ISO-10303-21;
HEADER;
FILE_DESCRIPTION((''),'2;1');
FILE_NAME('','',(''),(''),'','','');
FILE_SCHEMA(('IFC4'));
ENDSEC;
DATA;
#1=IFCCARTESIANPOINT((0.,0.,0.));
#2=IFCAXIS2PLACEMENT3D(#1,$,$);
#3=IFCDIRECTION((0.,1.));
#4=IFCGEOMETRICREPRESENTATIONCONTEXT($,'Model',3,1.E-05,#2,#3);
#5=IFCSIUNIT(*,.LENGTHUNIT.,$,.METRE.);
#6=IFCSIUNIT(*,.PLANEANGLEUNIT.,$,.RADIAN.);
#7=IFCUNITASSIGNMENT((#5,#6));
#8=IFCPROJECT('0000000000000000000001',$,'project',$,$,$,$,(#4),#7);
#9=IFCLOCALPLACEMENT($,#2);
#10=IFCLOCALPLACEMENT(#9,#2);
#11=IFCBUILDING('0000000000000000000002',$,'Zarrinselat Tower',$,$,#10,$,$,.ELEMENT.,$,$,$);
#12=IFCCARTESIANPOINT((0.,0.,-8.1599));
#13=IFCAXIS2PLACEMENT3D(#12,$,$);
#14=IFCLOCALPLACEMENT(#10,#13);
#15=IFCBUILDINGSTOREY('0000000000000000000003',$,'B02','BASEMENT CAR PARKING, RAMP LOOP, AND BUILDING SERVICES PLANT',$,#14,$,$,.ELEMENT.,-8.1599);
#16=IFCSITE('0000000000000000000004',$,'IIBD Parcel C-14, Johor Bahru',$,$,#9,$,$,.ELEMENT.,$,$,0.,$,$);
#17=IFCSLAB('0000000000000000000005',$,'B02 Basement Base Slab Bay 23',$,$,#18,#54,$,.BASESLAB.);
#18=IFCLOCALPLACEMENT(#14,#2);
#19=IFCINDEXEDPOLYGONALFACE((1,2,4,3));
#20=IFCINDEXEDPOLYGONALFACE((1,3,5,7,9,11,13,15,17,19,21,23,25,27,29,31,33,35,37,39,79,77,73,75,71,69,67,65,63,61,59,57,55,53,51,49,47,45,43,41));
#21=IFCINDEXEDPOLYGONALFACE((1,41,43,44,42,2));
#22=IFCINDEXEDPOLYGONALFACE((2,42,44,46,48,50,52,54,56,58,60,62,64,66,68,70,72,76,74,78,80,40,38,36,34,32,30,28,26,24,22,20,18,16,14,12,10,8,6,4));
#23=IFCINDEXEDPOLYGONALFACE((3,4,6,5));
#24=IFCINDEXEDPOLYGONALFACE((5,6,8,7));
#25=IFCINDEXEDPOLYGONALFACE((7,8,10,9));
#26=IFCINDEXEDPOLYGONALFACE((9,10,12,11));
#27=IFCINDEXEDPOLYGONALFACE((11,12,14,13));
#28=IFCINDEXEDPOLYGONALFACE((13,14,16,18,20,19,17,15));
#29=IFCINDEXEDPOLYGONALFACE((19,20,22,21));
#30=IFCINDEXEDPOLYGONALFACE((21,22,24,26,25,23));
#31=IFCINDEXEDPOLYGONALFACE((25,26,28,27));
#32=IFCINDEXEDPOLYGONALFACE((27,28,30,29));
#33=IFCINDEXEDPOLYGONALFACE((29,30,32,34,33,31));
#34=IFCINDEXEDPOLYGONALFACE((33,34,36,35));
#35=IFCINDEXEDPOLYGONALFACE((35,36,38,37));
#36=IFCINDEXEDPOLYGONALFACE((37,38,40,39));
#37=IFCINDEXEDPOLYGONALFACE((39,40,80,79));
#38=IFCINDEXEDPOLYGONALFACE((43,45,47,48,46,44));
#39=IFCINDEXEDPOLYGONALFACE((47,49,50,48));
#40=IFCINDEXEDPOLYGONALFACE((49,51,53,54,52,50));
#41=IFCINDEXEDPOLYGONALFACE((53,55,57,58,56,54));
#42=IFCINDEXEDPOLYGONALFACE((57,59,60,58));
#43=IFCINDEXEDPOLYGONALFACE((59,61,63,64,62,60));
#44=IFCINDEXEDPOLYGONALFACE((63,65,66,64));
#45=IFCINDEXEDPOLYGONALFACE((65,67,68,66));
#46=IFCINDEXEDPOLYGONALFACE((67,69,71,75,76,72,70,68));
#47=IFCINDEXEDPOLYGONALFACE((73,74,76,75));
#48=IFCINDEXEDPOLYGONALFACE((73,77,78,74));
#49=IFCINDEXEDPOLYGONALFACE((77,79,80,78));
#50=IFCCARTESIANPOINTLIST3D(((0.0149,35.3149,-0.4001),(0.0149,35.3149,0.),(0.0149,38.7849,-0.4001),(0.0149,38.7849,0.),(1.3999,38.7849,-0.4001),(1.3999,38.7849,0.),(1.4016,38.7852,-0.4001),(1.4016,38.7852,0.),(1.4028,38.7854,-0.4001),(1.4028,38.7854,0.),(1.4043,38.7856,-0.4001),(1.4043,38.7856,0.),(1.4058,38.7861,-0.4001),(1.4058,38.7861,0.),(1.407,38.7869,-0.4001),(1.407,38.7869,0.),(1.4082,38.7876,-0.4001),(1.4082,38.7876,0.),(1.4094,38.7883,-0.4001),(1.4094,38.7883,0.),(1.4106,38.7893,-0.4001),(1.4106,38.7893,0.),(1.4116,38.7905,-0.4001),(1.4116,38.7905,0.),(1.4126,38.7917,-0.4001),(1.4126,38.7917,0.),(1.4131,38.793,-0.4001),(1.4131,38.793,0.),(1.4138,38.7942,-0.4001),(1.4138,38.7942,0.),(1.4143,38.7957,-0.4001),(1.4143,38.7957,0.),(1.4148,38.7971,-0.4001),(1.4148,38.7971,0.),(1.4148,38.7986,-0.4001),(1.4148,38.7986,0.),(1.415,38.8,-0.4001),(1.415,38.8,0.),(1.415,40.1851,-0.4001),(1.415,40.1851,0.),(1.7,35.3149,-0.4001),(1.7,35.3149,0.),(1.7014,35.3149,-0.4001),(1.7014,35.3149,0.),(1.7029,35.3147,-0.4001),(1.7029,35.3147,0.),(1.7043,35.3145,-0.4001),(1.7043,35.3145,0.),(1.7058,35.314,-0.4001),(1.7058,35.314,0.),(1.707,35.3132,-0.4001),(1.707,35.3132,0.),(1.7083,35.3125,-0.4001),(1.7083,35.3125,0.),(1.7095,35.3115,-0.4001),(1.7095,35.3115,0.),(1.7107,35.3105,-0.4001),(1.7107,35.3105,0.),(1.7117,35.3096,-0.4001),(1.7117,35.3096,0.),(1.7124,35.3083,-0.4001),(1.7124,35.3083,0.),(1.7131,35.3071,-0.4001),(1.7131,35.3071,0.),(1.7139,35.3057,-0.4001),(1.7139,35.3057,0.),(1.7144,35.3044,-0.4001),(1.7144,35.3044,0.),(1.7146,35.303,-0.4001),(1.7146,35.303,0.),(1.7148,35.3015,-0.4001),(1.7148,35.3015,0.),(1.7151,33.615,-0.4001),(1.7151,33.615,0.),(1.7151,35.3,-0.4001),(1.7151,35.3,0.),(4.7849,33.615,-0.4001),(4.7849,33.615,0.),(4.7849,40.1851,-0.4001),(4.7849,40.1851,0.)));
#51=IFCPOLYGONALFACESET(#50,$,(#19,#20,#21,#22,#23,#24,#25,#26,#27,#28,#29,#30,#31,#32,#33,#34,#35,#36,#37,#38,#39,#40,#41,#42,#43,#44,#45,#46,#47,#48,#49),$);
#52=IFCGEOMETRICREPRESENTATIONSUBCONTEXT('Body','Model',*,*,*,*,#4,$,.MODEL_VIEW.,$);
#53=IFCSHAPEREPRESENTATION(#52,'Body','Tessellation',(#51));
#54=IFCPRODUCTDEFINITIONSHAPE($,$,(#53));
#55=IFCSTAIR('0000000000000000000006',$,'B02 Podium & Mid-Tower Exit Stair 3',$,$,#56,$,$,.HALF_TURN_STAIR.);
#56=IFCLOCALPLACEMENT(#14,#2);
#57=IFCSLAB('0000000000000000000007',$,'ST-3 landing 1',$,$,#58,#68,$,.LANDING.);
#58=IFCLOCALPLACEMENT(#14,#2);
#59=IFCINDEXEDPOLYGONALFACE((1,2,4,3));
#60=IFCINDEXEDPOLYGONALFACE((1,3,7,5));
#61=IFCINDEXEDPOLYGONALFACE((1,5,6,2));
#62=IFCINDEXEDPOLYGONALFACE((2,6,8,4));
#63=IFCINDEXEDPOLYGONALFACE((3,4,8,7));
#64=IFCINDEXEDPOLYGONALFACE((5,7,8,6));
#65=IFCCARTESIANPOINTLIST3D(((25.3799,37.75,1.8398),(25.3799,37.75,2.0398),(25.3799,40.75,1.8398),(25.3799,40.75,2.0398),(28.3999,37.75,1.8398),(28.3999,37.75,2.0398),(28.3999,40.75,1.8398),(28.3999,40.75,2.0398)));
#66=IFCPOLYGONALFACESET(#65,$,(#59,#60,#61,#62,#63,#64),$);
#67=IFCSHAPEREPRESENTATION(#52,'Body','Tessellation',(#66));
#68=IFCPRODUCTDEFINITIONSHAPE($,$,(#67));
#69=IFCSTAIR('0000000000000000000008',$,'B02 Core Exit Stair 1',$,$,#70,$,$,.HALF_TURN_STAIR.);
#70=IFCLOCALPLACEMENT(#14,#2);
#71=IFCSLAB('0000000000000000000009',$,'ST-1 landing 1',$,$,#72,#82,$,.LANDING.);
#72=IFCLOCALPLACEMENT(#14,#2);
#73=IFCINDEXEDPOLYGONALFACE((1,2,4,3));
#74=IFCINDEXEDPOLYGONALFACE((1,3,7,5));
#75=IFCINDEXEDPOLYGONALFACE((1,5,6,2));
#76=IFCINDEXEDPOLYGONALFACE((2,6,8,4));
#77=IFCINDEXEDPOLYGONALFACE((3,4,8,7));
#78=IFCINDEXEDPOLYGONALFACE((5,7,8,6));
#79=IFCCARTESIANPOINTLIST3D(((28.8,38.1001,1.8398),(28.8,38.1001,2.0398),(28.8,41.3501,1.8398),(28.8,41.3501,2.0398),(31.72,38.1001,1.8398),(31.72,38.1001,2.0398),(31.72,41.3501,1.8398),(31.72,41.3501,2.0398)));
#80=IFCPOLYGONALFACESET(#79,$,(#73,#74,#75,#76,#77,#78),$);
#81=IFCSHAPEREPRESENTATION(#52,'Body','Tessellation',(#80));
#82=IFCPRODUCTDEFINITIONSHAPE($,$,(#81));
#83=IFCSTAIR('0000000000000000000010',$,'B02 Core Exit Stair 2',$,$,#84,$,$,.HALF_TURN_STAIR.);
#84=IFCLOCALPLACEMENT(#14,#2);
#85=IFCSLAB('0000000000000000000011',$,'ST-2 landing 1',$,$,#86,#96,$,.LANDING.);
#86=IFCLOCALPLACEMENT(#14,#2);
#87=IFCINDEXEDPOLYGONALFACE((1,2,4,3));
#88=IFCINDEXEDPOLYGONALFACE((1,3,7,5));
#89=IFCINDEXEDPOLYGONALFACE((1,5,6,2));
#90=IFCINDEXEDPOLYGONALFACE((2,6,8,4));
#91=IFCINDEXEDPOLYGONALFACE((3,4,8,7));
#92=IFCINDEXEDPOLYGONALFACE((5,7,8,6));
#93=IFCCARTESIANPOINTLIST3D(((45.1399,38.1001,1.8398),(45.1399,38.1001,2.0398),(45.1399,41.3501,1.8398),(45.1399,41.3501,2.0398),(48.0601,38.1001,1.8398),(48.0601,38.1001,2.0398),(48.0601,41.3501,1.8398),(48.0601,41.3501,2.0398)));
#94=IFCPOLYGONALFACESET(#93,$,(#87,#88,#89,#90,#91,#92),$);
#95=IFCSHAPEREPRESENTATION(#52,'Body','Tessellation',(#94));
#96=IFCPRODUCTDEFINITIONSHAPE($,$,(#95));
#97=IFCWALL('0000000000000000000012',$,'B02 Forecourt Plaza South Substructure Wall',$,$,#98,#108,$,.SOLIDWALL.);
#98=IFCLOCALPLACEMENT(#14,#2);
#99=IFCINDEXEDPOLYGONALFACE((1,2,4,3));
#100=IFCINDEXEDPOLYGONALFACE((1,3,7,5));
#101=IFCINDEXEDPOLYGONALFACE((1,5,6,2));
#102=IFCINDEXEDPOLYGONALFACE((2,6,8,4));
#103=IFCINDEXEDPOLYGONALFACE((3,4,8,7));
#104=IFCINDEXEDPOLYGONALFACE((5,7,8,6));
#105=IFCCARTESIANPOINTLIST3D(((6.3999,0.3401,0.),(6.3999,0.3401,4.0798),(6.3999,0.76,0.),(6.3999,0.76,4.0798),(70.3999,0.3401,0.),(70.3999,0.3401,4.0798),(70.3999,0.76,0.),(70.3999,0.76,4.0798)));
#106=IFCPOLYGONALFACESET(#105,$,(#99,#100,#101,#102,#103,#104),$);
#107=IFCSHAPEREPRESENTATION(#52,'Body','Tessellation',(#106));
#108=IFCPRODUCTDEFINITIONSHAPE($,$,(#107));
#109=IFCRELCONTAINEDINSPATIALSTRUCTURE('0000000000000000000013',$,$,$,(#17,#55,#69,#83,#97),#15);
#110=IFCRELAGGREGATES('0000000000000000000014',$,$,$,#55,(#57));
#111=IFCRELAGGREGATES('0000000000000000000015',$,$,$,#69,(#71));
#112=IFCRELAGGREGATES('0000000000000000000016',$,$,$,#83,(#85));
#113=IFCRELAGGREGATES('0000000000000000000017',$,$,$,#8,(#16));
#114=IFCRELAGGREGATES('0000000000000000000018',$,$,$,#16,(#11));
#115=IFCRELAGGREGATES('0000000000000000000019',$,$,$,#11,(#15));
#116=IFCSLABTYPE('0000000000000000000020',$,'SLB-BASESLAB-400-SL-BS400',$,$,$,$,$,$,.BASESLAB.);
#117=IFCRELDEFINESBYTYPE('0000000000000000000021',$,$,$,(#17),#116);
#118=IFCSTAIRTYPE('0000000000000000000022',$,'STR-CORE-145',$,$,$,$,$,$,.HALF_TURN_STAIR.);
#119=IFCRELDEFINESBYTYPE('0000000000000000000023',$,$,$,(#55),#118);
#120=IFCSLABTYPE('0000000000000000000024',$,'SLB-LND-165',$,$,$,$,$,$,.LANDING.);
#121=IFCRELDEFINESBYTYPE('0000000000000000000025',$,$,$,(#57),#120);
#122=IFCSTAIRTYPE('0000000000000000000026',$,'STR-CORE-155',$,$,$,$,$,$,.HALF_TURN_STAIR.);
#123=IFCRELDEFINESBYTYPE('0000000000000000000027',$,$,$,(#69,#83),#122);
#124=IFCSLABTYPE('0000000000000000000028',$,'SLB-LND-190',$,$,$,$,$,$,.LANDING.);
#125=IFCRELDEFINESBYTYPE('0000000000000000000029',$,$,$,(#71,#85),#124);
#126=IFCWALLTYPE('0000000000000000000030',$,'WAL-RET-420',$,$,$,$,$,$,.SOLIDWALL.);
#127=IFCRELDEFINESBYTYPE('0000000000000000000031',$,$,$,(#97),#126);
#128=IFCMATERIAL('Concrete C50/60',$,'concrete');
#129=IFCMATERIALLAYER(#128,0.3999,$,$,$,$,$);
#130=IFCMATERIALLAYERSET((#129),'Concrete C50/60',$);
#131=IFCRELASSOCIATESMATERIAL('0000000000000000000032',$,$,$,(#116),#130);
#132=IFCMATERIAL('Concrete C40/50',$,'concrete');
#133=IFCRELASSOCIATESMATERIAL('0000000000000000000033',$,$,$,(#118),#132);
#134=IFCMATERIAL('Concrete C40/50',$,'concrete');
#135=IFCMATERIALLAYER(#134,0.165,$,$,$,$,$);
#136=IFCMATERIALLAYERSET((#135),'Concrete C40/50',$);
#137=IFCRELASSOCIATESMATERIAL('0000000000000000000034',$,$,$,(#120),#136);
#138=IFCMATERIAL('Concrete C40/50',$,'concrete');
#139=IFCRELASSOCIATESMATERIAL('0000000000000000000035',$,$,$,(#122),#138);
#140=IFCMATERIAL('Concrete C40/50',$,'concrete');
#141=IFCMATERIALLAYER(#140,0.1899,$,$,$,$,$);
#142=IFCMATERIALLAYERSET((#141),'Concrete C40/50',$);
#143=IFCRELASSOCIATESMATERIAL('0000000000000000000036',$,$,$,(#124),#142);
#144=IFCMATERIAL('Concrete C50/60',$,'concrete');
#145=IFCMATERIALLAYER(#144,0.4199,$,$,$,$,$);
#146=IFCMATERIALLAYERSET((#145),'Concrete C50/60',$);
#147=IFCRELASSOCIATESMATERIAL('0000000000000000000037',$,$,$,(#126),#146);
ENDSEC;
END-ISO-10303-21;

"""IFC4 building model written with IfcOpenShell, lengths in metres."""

from ifc_helpers import new_model, si_unit, direction, frame, frame_2d, origin, place, context, subcontext, project, spatial, polyline, rectangle, outline, extrude, material, layer, layer_set, type_object, element, aggregate, save


model = new_model("IFC4")

# Units and contexts
model_context = context("Model", 3, precision=1e-05, world=origin(), true_north=direction((0.0, 1.0)))
body_context = subcontext(model_context, "Body", "Model", "MODEL_VIEW")
ifc_project = project(units=[si_unit("LENGTHUNIT", "METRE"), si_unit("PLANEANGLEUNIT", "RADIAN")], contexts=[model_context])

# Site, building, storey
site_placement = place(None, origin())
site = spatial("IfcSite", under=ifc_project, at=site_placement, Name="IIBD Parcel C-14, Johor Bahru", CompositionType="ELEMENT", RefElevation=0.0)
building_placement = place(site_placement, origin())
building = spatial("IfcBuilding", under=site, at=building_placement, Name="Zarrinselat Tower", CompositionType="ELEMENT")
storey_placement = place(building_placement, frame((0.0, 0.0, -8.1599)))
storey = spatial("IfcBuildingStorey", under=building, at=storey_placement, Name="B02", Description="BASEMENT CAR PARKING, RAMP LOOP, AND BUILDING SERVICES PLANT", CompositionType="ELEMENT", Elevation=-8.1599)

# Slab
ifc_material_1 = material(Name="Concrete C50/60", Category="concrete")
ifc_layer_1 = layer(ifc_material_1, 0.3999)
ifc_layer_set_1 = layer_set([ifc_layer_1], Name="Concrete C50/60")
slab_type_1 = type_object("IfcSlabType", Name="SLB-BASESLAB-400-SL-BS400", PredefinedType="BASESLAB", material=ifc_layer_set_1)
slab_1_placement = place(storey_placement, frame((0.0, 0.0, -0.4001)))
element("IfcSlab", 1, at=slab_1_placement, inside=storey, type_object=slab_type_1, Name="B02 Basement Base Slab Bay 23", PredefinedType="BASESLAB", context=body_context, shape_type="SweptSolid", body=[
    extrude(outline(polyline([(4.7849, 40.1851), (4.7849, 33.615), (1.7151, 33.615), (1.7151, 35.3), (1.7148, 35.3015), (1.7146, 35.303), (1.7144, 35.3044), (1.7139, 35.3057), (1.7131, 35.3071), (1.7124, 35.3083), (1.7117, 35.3096), (1.7107, 35.3105), (1.7095, 35.3115), (1.7083, 35.3125), (1.707, 35.3132), (1.7058, 35.314), (1.7043, 35.3145), (1.7029, 35.3147), (1.7014, 35.3149), (1.7, 35.3149), (0.0149, 35.3149), (0.0149, 38.7849), (1.3999, 38.7849), (1.4016, 38.7852), (1.4028, 38.7854), (1.4043, 38.7856), (1.4058, 38.7861), (1.407, 38.7869), (1.4082, 38.7876), (1.4094, 38.7883), (1.4106, 38.7893), (1.4116, 38.7905), (1.4126, 38.7917), (1.4131, 38.793), (1.4138, 38.7942), (1.4143, 38.7957), (1.4148, 38.7971), (1.4148, 38.7986), (1.415, 38.8), (1.415, 40.1851), (4.7849, 40.1851)])), origin(), (0.0, 0.0, 1.0), 0.4001),
])

# Stairs, slabs
ifc_material_2 = material(Name="Concrete C40/50", Category="concrete")
stair_type_1 = type_object("IfcStairType", Name="STR-CORE-145", PredefinedType="HALF_TURN_STAIR", material=ifc_material_2)
stair_1_placement = place(storey_placement, origin())
stair_1 = element("IfcStair", 2, at=stair_1_placement, inside=storey, type_object=stair_type_1, Name="B02 Podium & Mid-Tower Exit Stair 3", PredefinedType="HALF_TURN_STAIR")
ifc_material_3 = material(Name="Concrete C40/50", Category="concrete")
ifc_layer_2 = layer(ifc_material_3, 0.165)
ifc_layer_set_2 = layer_set([ifc_layer_2], Name="Concrete C40/50")
slab_type_2 = type_object("IfcSlabType", Name="SLB-LND-165", PredefinedType="LANDING", material=ifc_layer_set_2)
slab_2_placement = place(storey_placement, frame((0.0, 0.0, 1.8398)))
slab_2 = element("IfcSlab", 3, at=slab_2_placement, type_object=slab_type_2, Name="ST-3 landing 1", PredefinedType="LANDING", context=body_context, shape_type="SweptSolid", body=[
    extrude(outline(polyline([(28.3999, 37.75), (28.3999, 40.75), (25.3799, 40.75), (25.3799, 37.75), (28.3999, 37.75)])), origin(), (0.0, 0.0, 1.0), 0.2),
])
aggregate(stair_1, [slab_2])
ifc_material_4 = material(Name="Concrete C40/50", Category="concrete")
stair_type_2 = type_object("IfcStairType", Name="STR-CORE-155", PredefinedType="HALF_TURN_STAIR", material=ifc_material_4)
stair_2_placement = place(storey_placement, origin())
stair_2 = element("IfcStair", 4, at=stair_2_placement, inside=storey, type_object=stair_type_2, Name="B02 Core Exit Stair 1", PredefinedType="HALF_TURN_STAIR")
ifc_material_5 = material(Name="Concrete C40/50", Category="concrete")
ifc_layer_3 = layer(ifc_material_5, 0.1899)
ifc_layer_set_3 = layer_set([ifc_layer_3], Name="Concrete C40/50")
slab_type_3 = type_object("IfcSlabType", Name="SLB-LND-190", PredefinedType="LANDING", material=ifc_layer_set_3)
slab_3_placement = place(storey_placement, frame((0.0, 0.0, 1.8398)))
slab_3 = element("IfcSlab", 5, at=slab_3_placement, type_object=slab_type_3, Name="ST-1 landing 1", PredefinedType="LANDING", context=body_context, shape_type="SweptSolid", body=[
    extrude(outline(polyline([(31.72, 38.1001), (31.72, 41.3501), (28.8, 41.3501), (28.8, 38.1001), (31.72, 38.1001)])), origin(), (0.0, 0.0, 1.0), 0.2),
])
aggregate(stair_2, [slab_3])
stair_3_placement = place(storey_placement, origin())
stair_3 = element("IfcStair", 6, at=stair_3_placement, inside=storey, type_object=stair_type_2, Name="B02 Core Exit Stair 2", PredefinedType="HALF_TURN_STAIR")
slab_4_placement = place(storey_placement, frame((0.0, 0.0, 1.8398)))
slab_4 = element("IfcSlab", 7, at=slab_4_placement, type_object=slab_type_3, Name="ST-2 landing 1", PredefinedType="LANDING", context=body_context, shape_type="SweptSolid", body=[
    extrude(outline(polyline([(48.0601, 38.1001), (48.0601, 41.3501), (45.1399, 41.3501), (45.1399, 38.1001), (48.0601, 38.1001)])), origin(), (0.0, 0.0, 1.0), 0.2),
])
aggregate(stair_3, [slab_4])

# Wall
ifc_material_6 = material(Name="Concrete C50/60", Category="concrete")
ifc_layer_4 = layer(ifc_material_6, 0.4199)
ifc_layer_set_4 = layer_set([ifc_layer_4], Name="Concrete C50/60")
wall_type = type_object("IfcWallType", Name="WAL-RET-420", PredefinedType="SOLIDWALL", material=ifc_layer_set_4)
wall_placement = place(storey_placement, frame((6.3999, 0.55, 0.0), z_axis=(0.0, 0.0, 1.0), x_axis=(1.0, 0.0, 0.0)))
element("IfcWall", 8, at=wall_placement, inside=storey, type_object=wall_type, Name="B02 Forecourt Plaza South Substructure Wall", PredefinedType="SOLIDWALL", context=body_context, shape_type="SweptSolid", body=[
    extrude(rectangle(XDim=64.0, YDim=0.4199, at=frame_2d((32.0, 0.0))), origin(), (0.0, 0.0, 1.0), 4.0798),
])

save(model, "model.ifc")
